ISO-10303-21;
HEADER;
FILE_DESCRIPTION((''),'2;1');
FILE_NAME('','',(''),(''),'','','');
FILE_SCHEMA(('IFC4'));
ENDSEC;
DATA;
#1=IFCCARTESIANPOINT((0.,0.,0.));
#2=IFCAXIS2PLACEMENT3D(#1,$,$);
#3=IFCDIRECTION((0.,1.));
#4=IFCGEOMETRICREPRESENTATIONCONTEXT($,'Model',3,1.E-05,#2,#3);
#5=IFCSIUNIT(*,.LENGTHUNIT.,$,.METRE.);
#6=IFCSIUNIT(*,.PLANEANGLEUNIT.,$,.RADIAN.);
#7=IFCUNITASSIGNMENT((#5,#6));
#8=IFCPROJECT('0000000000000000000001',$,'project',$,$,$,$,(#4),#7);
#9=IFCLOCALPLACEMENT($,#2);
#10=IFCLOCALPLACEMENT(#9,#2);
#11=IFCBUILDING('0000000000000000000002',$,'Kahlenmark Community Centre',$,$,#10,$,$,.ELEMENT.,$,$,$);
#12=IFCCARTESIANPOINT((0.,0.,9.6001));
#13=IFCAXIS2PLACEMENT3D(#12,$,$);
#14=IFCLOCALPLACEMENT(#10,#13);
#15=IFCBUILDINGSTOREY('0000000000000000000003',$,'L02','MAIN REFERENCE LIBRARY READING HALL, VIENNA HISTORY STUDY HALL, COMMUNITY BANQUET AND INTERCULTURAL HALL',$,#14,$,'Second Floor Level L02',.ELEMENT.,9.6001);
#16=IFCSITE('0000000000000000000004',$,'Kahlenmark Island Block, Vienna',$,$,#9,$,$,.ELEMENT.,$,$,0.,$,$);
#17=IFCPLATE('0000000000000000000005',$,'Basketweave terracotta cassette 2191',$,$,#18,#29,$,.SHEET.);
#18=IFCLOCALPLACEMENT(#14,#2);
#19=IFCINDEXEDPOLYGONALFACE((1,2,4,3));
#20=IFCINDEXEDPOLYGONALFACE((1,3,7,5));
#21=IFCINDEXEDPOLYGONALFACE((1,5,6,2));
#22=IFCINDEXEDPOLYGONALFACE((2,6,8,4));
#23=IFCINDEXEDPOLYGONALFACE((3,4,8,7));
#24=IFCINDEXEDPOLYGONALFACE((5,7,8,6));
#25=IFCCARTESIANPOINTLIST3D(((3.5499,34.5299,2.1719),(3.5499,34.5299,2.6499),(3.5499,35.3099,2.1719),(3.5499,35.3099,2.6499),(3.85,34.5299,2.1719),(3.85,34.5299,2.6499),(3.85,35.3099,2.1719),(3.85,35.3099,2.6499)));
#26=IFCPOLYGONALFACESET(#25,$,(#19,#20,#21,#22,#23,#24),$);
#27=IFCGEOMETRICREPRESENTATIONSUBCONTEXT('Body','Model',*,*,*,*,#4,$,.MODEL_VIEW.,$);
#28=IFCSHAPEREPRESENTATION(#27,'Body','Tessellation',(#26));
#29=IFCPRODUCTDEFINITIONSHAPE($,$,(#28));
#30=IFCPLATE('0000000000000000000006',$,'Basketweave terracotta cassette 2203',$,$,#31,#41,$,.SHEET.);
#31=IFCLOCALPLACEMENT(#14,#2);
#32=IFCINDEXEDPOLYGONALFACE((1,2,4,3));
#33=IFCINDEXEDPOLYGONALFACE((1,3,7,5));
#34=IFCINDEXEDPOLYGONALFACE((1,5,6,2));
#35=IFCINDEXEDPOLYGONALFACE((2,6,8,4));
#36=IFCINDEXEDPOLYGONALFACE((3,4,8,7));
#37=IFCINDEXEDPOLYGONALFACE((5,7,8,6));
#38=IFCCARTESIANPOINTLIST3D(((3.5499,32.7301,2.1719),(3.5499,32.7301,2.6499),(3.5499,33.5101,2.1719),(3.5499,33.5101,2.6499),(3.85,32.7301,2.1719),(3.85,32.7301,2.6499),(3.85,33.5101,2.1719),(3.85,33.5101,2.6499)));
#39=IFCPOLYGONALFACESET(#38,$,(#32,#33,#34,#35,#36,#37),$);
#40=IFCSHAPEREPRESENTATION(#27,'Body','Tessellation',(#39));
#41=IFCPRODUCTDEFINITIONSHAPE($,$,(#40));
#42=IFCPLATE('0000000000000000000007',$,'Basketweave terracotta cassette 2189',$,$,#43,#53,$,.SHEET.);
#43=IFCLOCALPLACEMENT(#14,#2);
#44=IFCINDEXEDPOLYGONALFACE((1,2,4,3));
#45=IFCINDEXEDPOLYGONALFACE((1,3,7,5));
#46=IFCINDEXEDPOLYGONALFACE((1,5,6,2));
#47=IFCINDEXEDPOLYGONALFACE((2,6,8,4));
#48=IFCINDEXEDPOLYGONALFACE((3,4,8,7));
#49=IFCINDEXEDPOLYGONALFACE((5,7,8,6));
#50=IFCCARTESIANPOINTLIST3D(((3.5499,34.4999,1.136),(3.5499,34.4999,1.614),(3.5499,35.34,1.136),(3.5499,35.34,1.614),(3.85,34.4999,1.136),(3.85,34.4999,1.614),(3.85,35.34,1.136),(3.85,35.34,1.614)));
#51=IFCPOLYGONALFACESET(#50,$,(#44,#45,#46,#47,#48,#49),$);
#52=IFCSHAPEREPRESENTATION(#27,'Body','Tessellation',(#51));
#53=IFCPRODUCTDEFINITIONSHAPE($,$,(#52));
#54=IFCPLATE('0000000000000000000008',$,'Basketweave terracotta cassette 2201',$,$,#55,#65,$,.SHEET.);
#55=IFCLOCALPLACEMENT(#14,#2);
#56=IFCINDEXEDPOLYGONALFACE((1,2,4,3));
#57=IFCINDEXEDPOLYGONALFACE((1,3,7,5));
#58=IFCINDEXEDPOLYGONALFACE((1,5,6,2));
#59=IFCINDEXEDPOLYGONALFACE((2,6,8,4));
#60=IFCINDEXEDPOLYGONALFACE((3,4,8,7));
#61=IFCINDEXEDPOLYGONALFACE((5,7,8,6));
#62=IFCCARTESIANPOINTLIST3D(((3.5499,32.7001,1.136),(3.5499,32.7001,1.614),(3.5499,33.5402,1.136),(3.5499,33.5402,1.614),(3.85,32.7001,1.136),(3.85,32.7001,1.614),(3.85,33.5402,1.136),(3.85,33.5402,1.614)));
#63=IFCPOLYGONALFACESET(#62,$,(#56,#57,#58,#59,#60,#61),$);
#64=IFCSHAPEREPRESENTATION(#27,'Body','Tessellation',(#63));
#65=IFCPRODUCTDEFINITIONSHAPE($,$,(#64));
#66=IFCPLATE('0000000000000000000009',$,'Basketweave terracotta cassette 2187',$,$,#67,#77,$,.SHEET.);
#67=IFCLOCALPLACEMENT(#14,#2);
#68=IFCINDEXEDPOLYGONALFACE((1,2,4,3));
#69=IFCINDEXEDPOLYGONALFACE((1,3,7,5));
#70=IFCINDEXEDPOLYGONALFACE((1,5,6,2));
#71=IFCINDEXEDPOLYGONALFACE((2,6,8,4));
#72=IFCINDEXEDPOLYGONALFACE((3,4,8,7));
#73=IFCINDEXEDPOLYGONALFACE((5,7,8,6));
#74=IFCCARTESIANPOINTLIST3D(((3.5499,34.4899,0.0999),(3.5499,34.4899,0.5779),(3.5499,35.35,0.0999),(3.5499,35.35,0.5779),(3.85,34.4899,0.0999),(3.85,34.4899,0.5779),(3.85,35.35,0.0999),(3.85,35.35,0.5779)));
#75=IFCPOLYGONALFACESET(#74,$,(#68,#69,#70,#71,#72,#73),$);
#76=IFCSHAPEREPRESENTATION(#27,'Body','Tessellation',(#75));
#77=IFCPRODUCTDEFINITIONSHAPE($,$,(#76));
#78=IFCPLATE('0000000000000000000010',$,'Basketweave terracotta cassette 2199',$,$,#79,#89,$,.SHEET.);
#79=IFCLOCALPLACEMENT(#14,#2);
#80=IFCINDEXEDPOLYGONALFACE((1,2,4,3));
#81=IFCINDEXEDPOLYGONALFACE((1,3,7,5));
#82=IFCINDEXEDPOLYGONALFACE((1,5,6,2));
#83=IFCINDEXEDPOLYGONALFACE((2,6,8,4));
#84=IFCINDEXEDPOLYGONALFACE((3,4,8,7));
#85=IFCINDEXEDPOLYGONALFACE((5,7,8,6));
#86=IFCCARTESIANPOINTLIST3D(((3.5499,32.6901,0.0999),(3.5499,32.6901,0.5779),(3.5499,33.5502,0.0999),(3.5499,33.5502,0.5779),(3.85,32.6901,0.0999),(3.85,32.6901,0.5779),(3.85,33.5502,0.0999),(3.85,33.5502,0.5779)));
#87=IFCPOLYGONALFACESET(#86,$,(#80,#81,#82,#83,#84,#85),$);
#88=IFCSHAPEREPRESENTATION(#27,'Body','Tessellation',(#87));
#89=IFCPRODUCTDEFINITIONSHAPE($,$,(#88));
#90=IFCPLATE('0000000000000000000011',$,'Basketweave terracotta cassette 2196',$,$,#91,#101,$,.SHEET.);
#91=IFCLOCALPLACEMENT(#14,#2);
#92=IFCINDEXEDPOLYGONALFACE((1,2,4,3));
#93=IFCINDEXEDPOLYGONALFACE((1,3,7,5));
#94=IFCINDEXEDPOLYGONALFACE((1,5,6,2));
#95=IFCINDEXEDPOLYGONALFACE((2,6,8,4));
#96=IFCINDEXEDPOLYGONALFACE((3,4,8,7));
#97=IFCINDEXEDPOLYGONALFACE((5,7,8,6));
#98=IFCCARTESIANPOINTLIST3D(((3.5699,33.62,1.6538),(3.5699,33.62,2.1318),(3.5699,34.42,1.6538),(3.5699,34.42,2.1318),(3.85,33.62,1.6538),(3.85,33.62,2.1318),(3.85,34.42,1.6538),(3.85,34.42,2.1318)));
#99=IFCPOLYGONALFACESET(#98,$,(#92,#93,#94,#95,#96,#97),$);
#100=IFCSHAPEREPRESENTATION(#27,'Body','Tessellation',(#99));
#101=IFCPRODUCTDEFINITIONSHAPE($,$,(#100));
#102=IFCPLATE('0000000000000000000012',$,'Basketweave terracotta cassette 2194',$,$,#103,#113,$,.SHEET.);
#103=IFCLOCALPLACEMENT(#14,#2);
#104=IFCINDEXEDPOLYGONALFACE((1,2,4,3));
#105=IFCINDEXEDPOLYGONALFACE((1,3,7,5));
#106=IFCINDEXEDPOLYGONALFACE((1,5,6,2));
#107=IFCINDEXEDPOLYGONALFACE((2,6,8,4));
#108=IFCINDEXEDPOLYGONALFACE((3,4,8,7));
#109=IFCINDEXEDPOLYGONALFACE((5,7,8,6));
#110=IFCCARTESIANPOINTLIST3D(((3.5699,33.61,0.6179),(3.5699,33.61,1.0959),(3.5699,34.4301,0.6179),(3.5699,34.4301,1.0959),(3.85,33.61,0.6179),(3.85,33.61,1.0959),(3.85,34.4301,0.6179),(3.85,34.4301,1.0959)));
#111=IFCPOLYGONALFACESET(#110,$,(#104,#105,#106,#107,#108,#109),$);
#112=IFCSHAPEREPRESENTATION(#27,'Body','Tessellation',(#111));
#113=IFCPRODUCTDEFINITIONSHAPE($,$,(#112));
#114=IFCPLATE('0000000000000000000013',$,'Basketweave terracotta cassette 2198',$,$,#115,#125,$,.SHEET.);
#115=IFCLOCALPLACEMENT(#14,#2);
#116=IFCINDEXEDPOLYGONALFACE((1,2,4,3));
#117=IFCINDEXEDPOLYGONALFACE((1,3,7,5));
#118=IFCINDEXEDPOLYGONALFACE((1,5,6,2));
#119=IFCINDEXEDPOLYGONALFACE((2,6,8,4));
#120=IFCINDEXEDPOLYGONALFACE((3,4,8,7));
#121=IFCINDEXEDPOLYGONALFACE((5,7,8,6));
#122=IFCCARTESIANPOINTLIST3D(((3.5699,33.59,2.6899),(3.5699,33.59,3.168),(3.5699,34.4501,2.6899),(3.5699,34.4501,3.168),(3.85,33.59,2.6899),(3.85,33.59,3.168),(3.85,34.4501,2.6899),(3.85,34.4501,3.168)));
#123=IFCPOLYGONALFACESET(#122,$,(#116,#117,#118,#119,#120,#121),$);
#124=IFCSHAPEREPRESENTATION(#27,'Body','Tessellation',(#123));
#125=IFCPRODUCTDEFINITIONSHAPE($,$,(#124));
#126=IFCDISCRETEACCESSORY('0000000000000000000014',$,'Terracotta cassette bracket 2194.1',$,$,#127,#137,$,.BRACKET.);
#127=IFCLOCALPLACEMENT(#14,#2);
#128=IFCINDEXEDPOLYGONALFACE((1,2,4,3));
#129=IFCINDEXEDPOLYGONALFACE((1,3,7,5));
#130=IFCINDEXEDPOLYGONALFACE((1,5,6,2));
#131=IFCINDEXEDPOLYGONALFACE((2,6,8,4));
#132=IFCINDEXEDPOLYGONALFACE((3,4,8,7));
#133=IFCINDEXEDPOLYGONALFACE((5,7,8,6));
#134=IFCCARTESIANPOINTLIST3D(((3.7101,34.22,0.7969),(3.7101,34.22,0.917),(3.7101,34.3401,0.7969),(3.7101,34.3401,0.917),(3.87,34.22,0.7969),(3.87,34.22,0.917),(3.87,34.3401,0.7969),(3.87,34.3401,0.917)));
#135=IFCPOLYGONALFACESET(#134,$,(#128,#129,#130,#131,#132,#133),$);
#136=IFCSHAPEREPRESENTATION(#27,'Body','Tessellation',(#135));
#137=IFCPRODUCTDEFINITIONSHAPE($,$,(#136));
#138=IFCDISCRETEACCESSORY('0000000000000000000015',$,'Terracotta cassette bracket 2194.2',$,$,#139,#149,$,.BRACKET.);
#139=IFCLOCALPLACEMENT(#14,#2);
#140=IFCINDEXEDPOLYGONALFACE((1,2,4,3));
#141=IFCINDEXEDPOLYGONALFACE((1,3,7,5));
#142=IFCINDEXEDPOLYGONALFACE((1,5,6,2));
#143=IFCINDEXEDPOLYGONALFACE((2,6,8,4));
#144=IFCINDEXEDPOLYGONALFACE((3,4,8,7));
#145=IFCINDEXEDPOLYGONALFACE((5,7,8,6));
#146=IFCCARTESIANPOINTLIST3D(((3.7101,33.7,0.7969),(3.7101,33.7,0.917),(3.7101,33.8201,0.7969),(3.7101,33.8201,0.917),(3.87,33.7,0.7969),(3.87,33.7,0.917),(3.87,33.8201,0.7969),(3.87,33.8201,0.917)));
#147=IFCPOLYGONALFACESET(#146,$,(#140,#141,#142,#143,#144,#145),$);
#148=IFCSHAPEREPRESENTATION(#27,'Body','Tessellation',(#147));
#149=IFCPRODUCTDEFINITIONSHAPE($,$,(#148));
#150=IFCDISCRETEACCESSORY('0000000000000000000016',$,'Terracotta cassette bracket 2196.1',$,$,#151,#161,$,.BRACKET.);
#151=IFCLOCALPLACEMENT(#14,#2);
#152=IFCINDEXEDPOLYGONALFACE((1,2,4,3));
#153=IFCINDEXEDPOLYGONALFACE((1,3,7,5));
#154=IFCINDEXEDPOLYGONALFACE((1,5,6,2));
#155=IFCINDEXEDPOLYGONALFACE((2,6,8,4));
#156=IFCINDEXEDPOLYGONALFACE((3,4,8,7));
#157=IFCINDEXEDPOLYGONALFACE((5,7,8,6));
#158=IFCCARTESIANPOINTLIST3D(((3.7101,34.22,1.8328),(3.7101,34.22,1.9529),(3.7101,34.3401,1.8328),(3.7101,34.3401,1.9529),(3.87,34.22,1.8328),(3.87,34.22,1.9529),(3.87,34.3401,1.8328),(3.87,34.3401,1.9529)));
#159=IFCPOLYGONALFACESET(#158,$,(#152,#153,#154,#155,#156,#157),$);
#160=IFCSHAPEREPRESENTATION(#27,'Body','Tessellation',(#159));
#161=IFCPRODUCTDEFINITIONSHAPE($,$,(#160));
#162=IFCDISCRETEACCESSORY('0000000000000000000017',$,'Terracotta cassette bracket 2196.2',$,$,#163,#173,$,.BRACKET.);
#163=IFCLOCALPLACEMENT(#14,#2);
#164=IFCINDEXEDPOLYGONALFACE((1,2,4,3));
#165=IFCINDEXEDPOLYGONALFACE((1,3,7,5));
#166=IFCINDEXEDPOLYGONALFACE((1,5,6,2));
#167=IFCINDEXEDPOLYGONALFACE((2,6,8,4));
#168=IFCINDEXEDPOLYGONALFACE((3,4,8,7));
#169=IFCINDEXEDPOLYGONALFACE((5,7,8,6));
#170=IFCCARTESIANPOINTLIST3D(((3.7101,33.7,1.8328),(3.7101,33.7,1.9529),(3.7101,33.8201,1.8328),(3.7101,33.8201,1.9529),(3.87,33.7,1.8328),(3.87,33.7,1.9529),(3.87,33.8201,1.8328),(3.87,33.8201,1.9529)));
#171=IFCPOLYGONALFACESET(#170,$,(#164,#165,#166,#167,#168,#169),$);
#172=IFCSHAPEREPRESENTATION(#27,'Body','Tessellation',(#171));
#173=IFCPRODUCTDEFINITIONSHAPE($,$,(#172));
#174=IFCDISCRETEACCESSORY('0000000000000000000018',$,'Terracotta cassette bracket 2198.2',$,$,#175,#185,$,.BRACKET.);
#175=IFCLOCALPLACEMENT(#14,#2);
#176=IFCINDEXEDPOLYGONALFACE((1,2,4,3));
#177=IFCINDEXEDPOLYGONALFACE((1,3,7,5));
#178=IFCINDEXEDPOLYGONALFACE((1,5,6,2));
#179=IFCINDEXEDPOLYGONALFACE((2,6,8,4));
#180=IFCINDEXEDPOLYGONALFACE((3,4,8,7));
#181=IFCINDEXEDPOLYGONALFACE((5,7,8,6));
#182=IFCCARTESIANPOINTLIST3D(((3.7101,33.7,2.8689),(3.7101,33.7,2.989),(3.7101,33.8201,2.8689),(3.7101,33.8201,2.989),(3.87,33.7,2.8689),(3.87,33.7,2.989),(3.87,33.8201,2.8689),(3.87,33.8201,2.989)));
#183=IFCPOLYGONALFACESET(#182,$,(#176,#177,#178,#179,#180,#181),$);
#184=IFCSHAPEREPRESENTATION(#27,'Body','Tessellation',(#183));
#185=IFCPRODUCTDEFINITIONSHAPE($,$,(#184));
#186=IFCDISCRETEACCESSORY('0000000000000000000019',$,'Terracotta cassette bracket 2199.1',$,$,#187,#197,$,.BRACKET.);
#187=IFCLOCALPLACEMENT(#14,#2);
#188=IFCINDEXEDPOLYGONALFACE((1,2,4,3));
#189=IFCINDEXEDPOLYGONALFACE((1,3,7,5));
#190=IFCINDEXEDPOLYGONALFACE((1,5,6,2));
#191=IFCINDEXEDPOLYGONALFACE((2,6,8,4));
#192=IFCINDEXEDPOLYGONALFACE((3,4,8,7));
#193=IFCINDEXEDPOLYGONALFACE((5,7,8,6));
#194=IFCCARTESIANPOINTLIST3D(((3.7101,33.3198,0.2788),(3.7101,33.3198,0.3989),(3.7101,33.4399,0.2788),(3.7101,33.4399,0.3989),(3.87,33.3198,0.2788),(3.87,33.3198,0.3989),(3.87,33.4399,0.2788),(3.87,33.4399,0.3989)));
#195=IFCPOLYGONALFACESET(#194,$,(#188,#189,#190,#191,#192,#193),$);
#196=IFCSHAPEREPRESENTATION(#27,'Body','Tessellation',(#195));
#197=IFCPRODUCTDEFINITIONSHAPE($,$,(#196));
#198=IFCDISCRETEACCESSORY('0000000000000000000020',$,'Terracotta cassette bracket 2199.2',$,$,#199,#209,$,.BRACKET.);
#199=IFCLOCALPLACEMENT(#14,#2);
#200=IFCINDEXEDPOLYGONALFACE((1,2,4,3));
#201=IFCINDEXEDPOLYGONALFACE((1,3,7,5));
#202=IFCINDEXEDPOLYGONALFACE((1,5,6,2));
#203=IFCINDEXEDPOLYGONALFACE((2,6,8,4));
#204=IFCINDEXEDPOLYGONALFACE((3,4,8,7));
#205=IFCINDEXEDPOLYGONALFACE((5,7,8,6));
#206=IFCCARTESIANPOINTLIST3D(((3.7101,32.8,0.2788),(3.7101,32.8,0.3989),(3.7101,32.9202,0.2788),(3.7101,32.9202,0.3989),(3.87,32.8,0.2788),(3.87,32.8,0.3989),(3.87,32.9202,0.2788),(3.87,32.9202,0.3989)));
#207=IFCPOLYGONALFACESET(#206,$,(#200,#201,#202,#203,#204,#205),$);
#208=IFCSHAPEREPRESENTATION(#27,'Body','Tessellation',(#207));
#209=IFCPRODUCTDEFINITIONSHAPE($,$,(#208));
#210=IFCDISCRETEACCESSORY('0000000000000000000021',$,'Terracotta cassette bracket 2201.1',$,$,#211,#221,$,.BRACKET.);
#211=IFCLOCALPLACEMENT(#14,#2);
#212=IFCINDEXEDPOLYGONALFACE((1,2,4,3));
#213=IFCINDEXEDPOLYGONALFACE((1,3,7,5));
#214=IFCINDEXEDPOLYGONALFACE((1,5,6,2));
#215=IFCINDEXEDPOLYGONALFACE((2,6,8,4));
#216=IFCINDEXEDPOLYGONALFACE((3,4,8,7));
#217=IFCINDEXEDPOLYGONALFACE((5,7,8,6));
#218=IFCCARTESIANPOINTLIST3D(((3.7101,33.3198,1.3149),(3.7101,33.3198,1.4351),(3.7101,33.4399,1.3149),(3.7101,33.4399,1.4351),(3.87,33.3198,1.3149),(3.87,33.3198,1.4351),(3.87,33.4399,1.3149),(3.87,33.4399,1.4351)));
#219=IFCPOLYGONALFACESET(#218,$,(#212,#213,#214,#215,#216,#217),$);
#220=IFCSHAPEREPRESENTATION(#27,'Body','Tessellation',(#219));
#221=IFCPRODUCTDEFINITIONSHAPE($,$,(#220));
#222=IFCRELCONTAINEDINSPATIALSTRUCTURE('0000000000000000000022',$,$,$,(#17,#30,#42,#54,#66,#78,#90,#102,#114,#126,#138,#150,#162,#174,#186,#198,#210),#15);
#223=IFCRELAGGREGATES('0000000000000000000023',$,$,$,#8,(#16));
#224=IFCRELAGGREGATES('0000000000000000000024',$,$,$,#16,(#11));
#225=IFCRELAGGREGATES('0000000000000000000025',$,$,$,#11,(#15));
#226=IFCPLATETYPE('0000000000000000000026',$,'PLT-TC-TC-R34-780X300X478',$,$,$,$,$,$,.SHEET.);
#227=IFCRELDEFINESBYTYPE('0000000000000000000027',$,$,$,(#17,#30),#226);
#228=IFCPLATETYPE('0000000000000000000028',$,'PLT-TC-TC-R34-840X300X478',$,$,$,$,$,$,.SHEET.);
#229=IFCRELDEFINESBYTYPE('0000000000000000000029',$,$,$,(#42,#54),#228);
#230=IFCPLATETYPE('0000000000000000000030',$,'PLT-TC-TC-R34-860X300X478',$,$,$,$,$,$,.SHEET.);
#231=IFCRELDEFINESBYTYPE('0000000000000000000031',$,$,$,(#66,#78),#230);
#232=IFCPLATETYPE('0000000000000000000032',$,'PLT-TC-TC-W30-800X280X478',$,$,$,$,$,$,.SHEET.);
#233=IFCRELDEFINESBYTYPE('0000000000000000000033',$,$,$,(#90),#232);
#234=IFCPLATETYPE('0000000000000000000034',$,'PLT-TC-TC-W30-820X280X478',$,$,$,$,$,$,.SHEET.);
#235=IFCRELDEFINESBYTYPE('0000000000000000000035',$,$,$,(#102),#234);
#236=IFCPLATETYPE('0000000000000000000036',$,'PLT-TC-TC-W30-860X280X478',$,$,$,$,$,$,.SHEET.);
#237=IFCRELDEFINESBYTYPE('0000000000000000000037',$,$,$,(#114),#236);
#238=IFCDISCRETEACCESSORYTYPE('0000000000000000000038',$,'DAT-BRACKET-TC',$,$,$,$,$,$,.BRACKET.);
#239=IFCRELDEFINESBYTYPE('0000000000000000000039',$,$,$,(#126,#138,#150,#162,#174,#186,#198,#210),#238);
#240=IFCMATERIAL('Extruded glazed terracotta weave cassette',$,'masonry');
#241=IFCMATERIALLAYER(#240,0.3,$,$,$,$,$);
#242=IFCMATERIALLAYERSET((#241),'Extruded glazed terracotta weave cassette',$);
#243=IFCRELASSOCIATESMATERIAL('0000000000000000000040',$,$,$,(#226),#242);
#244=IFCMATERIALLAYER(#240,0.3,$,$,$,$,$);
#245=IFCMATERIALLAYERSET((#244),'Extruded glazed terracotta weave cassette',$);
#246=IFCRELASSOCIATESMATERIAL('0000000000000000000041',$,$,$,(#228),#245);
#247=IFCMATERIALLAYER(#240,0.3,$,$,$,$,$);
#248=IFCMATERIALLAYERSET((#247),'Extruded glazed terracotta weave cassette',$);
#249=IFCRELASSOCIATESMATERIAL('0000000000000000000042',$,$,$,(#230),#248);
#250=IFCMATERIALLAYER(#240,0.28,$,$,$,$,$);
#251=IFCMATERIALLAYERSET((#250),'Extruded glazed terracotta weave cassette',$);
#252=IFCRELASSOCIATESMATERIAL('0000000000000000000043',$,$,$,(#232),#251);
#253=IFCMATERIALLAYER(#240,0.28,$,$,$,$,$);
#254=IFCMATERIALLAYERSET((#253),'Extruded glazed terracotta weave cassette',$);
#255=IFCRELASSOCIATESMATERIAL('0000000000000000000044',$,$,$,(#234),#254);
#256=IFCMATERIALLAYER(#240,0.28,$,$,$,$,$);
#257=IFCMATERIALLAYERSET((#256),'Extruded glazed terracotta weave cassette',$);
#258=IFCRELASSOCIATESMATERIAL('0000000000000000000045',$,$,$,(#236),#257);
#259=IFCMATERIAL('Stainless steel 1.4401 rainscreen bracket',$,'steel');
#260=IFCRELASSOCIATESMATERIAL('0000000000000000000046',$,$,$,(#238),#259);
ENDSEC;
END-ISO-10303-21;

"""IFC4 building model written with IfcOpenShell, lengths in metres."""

from ifc_helpers import new_model, si_unit, direction, frame, origin, origin_2d, place, context, subcontext, project, spatial, rectangle, extrude, material, layer, layer_set, type_object, element, save


model = new_model("IFC4")

# Units and contexts
model_context = context("Model", 3, precision=1e-05, world=origin(), true_north=direction((0.0, 1.0)))
body_context = subcontext(model_context, "Body", "Model", "MODEL_VIEW")
ifc_project = project(units=[si_unit("LENGTHUNIT", "METRE"), si_unit("PLANEANGLEUNIT", "RADIAN")], contexts=[model_context])

# Site, building, storey
site_placement = place(None, origin())
site = spatial("IfcSite", under=ifc_project, at=site_placement, Name="Kahlenmark Island Block, Vienna", CompositionType="ELEMENT", RefElevation=0.0)
building_placement = place(site_placement, origin())
building = spatial("IfcBuilding", under=site, at=building_placement, Name="Kahlenmark Community Centre", CompositionType="ELEMENT")
storey_placement = place(building_placement, frame((0.0, 0.0, 9.6001)))
storey = spatial("IfcBuildingStorey", under=building, at=storey_placement, Name="L02", Description="MAIN REFERENCE LIBRARY READING HALL, VIENNA HISTORY STUDY HALL, COMMUNITY BANQUET AND INTERCULTURAL HALL", LongName="Second Floor Level L02", CompositionType="ELEMENT", Elevation=9.6001)

# Plates
ifc_material_1 = material(Name="Extruded glazed terracotta weave cassette", Category="masonry")
ifc_layer_1 = layer(ifc_material_1, 0.3)
ifc_layer_set_1 = layer_set([ifc_layer_1], Name="Extruded glazed terracotta weave cassette")
plate_type_1 = type_object("IfcPlateType", Name="PLT-TC-TC-R34-780X300X478", PredefinedType="SHEET", material=ifc_layer_set_1)
for number, where, z_axis, x_axis, name in (
    (1, (3.7, 34.9199, 2.1719), (0.0, 0.0, 1.0), (0.0, -1.0, 0.0), "Basketweave terracotta cassette 2191"),
    (2, (3.7, 33.1201, 2.1719), (0.0, 0.0, 1.0), (0.0, -1.0, 0.0), "Basketweave terracotta cassette 2203"),
):
    element("IfcPlate", number, at=place(storey_placement, frame(where, z_axis=z_axis, x_axis=x_axis)), inside=storey, type_object=plate_type_1, Name=name, PredefinedType="SHEET", context=body_context, shape_type="SweptSolid", body=[
        extrude(rectangle(XDim=0.78, YDim=0.3, at=origin_2d()), origin(), (0.0, 0.0, 1.0), 0.478),
    ])
ifc_layer_2 = layer(ifc_material_1, 0.3)
ifc_layer_set_2 = layer_set([ifc_layer_2], Name="Extruded glazed terracotta weave cassette")
plate_type_2 = type_object("IfcPlateType", Name="PLT-TC-TC-R34-840X300X478", PredefinedType="SHEET", material=ifc_layer_set_2)
for number, where, z_axis, x_axis, name in (
    (3, (3.7, 34.9199, 1.136), (0.0, 0.0, 1.0), (0.0, -1.0, 0.0), "Basketweave terracotta cassette 2189"),
    (4, (3.7, 33.1201, 1.136), (0.0, 0.0, 1.0), (0.0, -1.0, 0.0), "Basketweave terracotta cassette 2201"),
):
    element("IfcPlate", number, at=place(storey_placement, frame(where, z_axis=z_axis, x_axis=x_axis)), inside=storey, type_object=plate_type_2, Name=name, PredefinedType="SHEET", context=body_context, shape_type="SweptSolid", body=[
        extrude(rectangle(XDim=0.8401, YDim=0.3, at=origin_2d()), origin(), (0.0, 0.0, 1.0), 0.478),
    ])
ifc_layer_3 = layer(ifc_material_1, 0.3)
ifc_layer_set_3 = layer_set([ifc_layer_3], Name="Extruded glazed terracotta weave cassette")
plate_type_3 = type_object("IfcPlateType", Name="PLT-TC-TC-R34-860X300X478", PredefinedType="SHEET", material=ifc_layer_set_3)
for number, where, z_axis, x_axis, name in (
    (5, (3.7, 34.9199, 0.0999), (0.0, 0.0, 1.0), (0.0, -1.0, 0.0), "Basketweave terracotta cassette 2187"),
    (6, (3.7, 33.1201, 0.0999), (0.0, 0.0, 1.0), (0.0, -1.0, 0.0), "Basketweave terracotta cassette 2199"),
):
    element("IfcPlate", number, at=place(storey_placement, frame(where, z_axis=z_axis, x_axis=x_axis)), inside=storey, type_object=plate_type_3, Name=name, PredefinedType="SHEET", context=body_context, shape_type="SweptSolid", body=[
        extrude(rectangle(XDim=0.8601, YDim=0.3, at=origin_2d()), origin(), (0.0, 0.0, 1.0), 0.478),
    ])
ifc_layer_4 = layer(ifc_material_1, 0.28)
ifc_layer_set_4 = layer_set([ifc_layer_4], Name="Extruded glazed terracotta weave cassette")
plate_type_4 = type_object("IfcPlateType", Name="PLT-TC-TC-W30-800X280X478", PredefinedType="SHEET", material=ifc_layer_set_4)
plate_1_placement = place(storey_placement, frame((3.71, 34.02, 1.6538), z_axis=(0.0, 0.0, 1.0), x_axis=(0.0, -1.0, 0.0)))
element("IfcPlate", 7, at=plate_1_placement, inside=storey, type_object=plate_type_4, Name="Basketweave terracotta cassette 2196", PredefinedType="SHEET", context=body_context, shape_type="SweptSolid", body=[
    extrude(rectangle(XDim=0.8, YDim=0.28, at=origin_2d()), origin(), (0.0, 0.0, 1.0), 0.478),
])
ifc_layer_5 = layer(ifc_material_1, 0.28)
ifc_layer_set_5 = layer_set([ifc_layer_5], Name="Extruded glazed terracotta weave cassette")
plate_type_5 = type_object("IfcPlateType", Name="PLT-TC-TC-W30-820X280X478", PredefinedType="SHEET", material=ifc_layer_set_5)
plate_2_placement = place(storey_placement, frame((3.71, 34.02, 0.6179), z_axis=(0.0, 0.0, 1.0), x_axis=(0.0, -1.0, 0.0)))
element("IfcPlate", 8, at=plate_2_placement, inside=storey, type_object=plate_type_5, Name="Basketweave terracotta cassette 2194", PredefinedType="SHEET", context=body_context, shape_type="SweptSolid", body=[
    extrude(rectangle(XDim=0.8201, YDim=0.28, at=origin_2d()), origin(), (0.0, 0.0, 1.0), 0.478),
])
ifc_layer_6 = layer(ifc_material_1, 0.28)
ifc_layer_set_6 = layer_set([ifc_layer_6], Name="Extruded glazed terracotta weave cassette")
plate_type_6 = type_object("IfcPlateType", Name="PLT-TC-TC-W30-860X280X478", PredefinedType="SHEET", material=ifc_layer_set_6)
plate_3_placement = place(storey_placement, frame((3.71, 34.02, 2.6899), z_axis=(0.0, 0.0, 1.0), x_axis=(0.0, -1.0, 0.0)))
element("IfcPlate", 9, at=plate_3_placement, inside=storey, type_object=plate_type_6, Name="Basketweave terracotta cassette 2198", PredefinedType="SHEET", context=body_context, shape_type="SweptSolid", body=[
    extrude(rectangle(XDim=0.8601, YDim=0.28, at=origin_2d()), origin(), (0.0, 0.0, 1.0), 0.478),
])

# Discrete accessories
ifc_material_2 = material(Name="Stainless steel 1.4401 rainscreen bracket", Category="steel")
discrete_accessory_type = type_object("IfcDiscreteAccessoryType", Name="DAT-BRACKET-TC", PredefinedType="BRACKET", material=ifc_material_2)
for number, where, z_axis, x_axis, name in (
    (10, (3.79, 34.28, 0.7969), (0.0, 0.0, 1.0), (0.0, -1.0, 0.0), "Terracotta cassette bracket 2194.1"),
    (11, (3.79, 33.76, 0.7969), (0.0, 0.0, 1.0), (0.0, -1.0, 0.0), "Terracotta cassette bracket 2194.2"),
    (12, (3.79, 34.28, 1.8328), (0.0, 0.0, 1.0), (0.0, -1.0, 0.0), "Terracotta cassette bracket 2196.1"),
    (13, (3.79, 33.76, 1.8328), (0.0, 0.0, 1.0), (0.0, -1.0, 0.0), "Terracotta cassette bracket 2196.2"),
    (14, (3.79, 33.76, 2.8689), (0.0, 0.0, 1.0), (0.0, -1.0, 0.0), "Terracotta cassette bracket 2198.2"),
    (15, (3.79, 33.3799, 0.2788), (0.0, 0.0, 1.0), (0.0, -1.0, 0.0), "Terracotta cassette bracket 2199.1"),
    (16, (3.79, 32.8601, 0.2788), (0.0, 0.0, 1.0), (0.0, -1.0, 0.0), "Terracotta cassette bracket 2199.2"),
    (17, (3.79, 33.3799, 1.3149), (0.0, 0.0, 1.0), (0.0, -1.0, 0.0), "Terracotta cassette bracket 2201.1"),
):
    element("IfcDiscreteAccessory", number, at=place(storey_placement, frame(where, z_axis=z_axis, x_axis=x_axis)), inside=storey, type_object=discrete_accessory_type, Name=name, PredefinedType="BRACKET", context=body_context, shape_type="SweptSolid", body=[
        extrude(rectangle(XDim=0.1201, YDim=0.1599, at=origin_2d()), origin(), (0.0, 0.0, 1.0), 0.1201),
    ])

save(model, "model.ifc")
